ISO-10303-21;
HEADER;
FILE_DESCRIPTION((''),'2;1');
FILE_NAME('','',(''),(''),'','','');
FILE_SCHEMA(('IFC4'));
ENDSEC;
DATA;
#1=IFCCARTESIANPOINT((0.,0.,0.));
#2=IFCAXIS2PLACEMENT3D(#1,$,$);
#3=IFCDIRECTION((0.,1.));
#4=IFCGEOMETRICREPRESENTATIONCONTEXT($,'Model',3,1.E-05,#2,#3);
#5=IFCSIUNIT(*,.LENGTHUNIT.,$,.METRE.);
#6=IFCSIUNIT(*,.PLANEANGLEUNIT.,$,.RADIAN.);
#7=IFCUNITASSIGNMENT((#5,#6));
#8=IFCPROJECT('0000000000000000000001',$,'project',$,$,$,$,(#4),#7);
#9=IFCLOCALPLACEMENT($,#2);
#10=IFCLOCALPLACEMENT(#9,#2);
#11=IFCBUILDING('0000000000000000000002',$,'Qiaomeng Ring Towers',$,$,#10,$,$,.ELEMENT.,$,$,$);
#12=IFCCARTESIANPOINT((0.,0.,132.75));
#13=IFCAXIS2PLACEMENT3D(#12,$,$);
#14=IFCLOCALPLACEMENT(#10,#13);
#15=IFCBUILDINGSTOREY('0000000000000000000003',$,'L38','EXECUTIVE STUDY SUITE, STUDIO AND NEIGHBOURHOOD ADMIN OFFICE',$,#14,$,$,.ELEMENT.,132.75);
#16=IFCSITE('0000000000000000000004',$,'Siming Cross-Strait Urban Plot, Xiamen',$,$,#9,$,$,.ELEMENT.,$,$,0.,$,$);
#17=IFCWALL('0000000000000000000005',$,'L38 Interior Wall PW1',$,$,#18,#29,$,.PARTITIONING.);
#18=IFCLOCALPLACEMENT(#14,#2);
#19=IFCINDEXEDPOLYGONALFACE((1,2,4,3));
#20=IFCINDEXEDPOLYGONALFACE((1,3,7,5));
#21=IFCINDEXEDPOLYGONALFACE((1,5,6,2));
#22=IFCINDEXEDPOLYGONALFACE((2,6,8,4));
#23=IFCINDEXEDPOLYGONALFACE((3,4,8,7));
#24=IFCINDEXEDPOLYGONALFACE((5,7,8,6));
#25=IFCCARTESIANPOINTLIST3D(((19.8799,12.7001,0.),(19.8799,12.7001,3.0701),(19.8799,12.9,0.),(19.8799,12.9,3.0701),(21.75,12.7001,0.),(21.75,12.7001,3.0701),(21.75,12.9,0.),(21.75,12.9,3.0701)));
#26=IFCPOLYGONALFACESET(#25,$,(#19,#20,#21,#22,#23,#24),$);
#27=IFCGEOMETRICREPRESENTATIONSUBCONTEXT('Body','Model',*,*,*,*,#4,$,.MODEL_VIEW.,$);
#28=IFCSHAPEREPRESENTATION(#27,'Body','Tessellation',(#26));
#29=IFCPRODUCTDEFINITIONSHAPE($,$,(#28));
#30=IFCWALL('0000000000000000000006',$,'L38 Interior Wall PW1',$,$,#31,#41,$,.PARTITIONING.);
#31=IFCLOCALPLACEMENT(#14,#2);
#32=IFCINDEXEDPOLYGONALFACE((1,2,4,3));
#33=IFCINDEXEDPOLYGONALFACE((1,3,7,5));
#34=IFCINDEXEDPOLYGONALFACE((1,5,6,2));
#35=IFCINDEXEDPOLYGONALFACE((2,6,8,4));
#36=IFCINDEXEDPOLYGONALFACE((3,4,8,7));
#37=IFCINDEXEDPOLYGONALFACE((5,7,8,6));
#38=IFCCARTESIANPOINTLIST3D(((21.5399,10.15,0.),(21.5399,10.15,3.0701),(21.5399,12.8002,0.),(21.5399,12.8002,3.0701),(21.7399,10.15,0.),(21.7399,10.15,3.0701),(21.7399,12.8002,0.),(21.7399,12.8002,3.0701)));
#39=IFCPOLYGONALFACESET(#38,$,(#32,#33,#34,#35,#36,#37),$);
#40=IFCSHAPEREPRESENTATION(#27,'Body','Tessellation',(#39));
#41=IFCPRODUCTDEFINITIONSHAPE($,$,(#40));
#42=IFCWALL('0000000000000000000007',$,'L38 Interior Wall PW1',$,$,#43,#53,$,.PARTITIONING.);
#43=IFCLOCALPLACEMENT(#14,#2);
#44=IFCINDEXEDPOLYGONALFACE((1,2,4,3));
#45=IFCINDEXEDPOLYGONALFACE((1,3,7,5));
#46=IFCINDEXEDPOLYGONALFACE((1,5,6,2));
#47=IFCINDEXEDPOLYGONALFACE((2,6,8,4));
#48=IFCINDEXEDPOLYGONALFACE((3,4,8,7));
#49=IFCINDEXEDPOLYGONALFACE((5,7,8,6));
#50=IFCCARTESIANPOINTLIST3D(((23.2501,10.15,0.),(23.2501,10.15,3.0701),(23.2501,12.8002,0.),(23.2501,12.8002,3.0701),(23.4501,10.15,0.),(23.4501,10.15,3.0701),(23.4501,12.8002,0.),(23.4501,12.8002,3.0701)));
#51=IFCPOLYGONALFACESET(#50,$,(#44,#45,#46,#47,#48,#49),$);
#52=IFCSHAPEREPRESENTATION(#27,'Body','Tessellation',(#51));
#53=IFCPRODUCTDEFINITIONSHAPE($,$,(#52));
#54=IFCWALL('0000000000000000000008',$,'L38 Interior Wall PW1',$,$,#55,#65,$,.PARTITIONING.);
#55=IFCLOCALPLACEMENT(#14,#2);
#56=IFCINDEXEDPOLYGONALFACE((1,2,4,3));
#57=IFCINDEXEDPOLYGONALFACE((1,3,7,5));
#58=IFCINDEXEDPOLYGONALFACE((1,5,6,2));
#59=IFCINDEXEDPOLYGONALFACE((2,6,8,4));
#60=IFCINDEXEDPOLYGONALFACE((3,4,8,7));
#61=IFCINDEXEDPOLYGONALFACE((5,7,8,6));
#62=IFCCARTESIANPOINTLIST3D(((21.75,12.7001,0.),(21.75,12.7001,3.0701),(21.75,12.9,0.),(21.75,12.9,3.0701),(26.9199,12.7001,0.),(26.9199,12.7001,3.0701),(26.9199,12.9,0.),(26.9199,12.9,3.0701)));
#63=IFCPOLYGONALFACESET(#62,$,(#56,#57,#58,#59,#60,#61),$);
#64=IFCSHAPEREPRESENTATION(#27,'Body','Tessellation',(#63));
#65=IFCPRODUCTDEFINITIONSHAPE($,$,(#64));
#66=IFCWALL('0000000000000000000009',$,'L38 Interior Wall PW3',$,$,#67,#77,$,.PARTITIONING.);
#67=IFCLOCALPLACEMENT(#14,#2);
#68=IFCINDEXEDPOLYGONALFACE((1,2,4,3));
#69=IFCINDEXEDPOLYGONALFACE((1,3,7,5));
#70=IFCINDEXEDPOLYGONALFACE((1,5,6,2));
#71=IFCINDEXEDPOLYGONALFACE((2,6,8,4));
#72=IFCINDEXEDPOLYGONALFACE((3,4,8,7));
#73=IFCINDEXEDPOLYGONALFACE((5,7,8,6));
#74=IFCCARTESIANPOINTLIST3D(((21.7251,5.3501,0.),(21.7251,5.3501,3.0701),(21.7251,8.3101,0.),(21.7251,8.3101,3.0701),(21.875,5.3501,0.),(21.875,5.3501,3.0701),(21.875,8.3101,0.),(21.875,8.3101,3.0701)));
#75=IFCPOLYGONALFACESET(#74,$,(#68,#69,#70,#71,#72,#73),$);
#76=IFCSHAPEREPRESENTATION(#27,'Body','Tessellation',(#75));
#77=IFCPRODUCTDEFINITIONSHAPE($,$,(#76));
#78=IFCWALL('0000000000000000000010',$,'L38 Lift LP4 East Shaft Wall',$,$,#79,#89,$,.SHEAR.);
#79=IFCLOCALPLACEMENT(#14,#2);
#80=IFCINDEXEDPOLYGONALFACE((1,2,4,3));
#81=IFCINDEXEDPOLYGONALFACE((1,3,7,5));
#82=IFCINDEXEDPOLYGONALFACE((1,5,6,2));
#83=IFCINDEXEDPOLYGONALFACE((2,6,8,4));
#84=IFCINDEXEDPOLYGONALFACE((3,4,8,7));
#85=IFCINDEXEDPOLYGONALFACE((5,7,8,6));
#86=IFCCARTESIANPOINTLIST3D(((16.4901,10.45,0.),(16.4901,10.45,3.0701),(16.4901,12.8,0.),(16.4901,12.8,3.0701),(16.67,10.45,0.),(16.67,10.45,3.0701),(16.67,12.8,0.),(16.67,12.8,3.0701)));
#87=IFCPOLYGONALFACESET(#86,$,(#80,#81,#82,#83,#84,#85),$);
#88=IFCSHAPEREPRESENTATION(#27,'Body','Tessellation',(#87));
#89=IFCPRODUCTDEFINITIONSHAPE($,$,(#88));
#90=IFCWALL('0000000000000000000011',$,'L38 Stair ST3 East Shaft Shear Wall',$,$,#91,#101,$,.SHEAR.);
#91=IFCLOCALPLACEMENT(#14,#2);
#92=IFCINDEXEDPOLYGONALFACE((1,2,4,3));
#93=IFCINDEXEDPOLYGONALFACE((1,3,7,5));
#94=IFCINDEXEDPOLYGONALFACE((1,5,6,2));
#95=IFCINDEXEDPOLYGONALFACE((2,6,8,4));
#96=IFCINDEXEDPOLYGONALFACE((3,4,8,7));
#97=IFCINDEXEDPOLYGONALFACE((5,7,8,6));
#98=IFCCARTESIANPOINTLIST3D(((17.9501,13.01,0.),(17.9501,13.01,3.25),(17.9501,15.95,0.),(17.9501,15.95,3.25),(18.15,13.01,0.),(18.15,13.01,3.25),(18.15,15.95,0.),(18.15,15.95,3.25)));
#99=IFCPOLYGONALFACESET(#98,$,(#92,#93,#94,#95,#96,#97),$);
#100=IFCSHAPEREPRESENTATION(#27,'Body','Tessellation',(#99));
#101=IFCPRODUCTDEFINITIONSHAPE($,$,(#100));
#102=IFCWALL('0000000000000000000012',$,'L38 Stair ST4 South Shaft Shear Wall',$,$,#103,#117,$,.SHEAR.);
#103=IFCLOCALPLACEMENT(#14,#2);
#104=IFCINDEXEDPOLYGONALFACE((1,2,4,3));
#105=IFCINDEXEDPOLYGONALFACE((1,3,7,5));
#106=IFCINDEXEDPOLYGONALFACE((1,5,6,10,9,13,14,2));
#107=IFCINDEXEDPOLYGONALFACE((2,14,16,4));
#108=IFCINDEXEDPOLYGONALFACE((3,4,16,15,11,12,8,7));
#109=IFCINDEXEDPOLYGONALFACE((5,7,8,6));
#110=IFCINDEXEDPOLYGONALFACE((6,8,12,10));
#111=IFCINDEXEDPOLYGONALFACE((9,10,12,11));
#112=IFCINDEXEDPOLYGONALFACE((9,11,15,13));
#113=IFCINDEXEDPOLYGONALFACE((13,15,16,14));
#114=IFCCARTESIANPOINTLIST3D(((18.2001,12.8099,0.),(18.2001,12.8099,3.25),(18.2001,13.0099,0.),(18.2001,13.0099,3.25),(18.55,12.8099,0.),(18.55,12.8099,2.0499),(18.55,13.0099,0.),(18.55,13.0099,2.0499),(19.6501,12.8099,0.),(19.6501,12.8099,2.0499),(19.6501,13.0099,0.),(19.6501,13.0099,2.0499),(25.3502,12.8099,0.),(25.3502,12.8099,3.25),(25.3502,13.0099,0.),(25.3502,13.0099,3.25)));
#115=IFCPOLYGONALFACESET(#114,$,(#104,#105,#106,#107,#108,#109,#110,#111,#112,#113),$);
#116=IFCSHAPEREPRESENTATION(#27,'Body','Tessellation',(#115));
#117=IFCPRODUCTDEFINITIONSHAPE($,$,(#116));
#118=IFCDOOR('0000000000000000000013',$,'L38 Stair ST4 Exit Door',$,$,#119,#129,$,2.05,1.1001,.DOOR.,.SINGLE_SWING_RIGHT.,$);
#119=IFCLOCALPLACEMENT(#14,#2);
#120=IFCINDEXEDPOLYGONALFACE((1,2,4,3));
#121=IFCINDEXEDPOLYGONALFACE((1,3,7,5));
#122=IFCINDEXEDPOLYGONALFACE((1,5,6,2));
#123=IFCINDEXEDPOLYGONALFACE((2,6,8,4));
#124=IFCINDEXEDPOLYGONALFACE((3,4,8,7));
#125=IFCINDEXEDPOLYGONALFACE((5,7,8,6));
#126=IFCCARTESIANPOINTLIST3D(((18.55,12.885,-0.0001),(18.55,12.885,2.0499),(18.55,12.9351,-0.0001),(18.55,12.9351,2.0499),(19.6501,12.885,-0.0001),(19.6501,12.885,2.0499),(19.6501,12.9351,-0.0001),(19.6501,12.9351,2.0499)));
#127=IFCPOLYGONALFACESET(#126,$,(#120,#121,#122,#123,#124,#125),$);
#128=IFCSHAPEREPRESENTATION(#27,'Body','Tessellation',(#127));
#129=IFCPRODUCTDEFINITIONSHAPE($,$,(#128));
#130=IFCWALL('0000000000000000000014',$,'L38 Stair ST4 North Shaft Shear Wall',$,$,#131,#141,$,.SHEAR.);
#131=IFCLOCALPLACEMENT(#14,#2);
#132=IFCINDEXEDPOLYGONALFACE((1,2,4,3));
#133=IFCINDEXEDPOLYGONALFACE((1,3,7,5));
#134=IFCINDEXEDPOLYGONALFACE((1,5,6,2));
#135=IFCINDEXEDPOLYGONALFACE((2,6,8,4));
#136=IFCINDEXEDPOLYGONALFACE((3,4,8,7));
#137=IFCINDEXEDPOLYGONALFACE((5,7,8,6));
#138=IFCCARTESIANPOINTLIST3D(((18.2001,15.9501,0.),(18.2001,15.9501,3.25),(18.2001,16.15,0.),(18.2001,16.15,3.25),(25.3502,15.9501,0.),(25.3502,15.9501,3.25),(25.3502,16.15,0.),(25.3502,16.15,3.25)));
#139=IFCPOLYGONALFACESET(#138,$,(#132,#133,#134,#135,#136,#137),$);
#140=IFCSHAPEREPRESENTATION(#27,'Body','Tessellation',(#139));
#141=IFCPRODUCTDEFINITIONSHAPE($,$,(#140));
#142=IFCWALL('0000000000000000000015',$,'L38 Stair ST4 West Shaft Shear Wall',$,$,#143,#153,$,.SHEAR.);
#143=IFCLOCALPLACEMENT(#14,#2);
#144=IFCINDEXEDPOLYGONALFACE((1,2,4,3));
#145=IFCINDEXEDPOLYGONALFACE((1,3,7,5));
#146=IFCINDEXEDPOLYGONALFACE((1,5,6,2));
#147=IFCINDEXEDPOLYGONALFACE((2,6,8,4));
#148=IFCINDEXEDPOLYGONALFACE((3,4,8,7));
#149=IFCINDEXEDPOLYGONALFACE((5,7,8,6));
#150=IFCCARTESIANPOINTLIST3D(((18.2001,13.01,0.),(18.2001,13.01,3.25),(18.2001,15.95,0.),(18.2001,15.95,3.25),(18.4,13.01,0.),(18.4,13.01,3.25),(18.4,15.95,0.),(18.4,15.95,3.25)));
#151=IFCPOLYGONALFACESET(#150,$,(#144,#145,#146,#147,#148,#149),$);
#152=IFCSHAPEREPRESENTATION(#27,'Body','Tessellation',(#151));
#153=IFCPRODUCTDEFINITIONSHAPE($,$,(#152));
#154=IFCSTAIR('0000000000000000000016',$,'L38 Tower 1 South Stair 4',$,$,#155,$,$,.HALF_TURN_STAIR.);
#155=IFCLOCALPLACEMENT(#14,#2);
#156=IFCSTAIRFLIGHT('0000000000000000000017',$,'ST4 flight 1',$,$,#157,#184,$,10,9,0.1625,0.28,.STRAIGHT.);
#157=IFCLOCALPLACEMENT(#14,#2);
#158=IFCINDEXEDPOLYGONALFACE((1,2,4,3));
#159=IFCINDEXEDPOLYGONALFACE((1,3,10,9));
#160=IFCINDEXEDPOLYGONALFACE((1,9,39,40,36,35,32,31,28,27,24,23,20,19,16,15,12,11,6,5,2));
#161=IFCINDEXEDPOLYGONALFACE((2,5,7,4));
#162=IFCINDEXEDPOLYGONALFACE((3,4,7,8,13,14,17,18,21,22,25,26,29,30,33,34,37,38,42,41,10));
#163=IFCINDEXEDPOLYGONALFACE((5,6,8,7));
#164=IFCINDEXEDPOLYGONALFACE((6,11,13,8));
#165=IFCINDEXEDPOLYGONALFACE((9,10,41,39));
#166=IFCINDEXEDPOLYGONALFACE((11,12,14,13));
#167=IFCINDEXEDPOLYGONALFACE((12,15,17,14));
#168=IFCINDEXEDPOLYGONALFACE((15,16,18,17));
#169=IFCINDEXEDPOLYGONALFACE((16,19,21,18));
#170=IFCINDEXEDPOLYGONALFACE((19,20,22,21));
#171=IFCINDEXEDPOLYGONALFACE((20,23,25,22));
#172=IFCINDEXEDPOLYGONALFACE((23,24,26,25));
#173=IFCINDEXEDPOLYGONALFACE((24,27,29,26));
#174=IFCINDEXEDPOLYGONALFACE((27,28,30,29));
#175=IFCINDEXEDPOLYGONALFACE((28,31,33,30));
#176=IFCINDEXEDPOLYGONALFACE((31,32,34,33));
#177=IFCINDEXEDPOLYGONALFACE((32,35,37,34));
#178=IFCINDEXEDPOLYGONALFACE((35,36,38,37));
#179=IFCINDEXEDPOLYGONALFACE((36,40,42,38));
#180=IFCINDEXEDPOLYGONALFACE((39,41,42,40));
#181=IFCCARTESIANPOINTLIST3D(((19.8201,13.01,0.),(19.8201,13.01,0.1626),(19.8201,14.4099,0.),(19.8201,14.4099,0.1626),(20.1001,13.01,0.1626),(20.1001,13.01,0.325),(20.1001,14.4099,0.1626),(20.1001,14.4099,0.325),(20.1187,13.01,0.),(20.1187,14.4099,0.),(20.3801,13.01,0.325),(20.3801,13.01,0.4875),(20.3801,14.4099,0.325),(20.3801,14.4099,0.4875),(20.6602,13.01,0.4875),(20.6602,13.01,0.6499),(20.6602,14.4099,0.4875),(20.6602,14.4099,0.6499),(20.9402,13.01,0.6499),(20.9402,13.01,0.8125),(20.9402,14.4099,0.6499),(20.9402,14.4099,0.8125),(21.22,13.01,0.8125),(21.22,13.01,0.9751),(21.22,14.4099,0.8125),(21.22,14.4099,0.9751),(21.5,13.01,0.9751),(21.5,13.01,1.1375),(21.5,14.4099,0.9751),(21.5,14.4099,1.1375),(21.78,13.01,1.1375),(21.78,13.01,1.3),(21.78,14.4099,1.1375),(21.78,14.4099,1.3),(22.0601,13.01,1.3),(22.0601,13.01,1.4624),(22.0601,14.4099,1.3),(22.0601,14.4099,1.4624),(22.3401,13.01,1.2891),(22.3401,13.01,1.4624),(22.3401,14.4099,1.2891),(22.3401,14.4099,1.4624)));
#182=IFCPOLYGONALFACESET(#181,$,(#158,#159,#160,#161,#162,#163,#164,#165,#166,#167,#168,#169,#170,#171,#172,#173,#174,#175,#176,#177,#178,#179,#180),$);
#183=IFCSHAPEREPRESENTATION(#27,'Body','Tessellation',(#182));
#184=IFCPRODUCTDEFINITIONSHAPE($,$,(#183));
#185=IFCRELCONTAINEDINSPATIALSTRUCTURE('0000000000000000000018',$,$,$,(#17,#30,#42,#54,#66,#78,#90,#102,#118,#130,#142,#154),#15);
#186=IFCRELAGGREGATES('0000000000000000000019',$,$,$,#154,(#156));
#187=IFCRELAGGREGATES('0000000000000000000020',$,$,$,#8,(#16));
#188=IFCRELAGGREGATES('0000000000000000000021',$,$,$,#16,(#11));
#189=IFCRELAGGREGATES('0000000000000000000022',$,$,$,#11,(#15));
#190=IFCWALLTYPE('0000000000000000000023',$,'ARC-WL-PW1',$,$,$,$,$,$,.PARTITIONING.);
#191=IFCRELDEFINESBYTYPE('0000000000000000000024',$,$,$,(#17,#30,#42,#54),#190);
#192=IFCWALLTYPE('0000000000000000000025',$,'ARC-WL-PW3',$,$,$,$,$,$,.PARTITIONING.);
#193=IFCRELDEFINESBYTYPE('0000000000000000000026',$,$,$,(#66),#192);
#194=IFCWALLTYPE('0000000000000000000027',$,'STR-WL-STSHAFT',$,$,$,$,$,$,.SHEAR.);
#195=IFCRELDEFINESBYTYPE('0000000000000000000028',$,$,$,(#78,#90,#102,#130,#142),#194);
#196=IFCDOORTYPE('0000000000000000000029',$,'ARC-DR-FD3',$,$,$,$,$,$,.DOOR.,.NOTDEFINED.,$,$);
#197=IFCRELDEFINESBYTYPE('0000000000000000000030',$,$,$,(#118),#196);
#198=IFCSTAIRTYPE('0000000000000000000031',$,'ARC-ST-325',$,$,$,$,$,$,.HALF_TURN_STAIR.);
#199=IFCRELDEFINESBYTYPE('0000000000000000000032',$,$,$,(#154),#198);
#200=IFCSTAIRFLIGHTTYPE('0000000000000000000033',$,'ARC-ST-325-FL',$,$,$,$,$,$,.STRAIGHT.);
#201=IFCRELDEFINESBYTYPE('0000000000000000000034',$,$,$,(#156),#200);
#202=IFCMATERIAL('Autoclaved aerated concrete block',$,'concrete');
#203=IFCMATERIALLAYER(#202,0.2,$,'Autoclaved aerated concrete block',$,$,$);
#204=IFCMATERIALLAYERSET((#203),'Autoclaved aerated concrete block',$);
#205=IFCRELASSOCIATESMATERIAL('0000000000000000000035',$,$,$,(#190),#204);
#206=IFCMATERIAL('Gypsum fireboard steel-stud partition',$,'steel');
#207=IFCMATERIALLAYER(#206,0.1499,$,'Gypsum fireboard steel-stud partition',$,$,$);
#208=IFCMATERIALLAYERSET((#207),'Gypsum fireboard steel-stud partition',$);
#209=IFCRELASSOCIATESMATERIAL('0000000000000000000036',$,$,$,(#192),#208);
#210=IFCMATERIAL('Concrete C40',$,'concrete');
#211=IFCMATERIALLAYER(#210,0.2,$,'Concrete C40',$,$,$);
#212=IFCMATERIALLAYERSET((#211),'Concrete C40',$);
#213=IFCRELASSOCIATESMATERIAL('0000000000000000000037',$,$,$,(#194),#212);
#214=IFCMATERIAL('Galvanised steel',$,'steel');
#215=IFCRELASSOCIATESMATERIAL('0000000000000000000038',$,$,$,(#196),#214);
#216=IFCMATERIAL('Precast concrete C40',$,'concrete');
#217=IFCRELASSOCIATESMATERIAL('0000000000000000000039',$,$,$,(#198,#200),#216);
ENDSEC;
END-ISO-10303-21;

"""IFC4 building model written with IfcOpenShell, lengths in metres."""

from ifc_helpers import new_model, si_unit, direction, frame, frame_2d, origin, place, context, subcontext, project, spatial, polyline, rectangle, outline, extrude, source, transform, mapped, material, layer, layer_set, type_object, element, fill, aggregate, save


model = new_model("IFC4")

# Units and contexts
model_context = context("Model", 3, precision=1e-05, world=origin(), true_north=direction((0.0, 1.0)))
body_context = subcontext(model_context, "Body", "Model", "MODEL_VIEW")
ifc_project = project(units=[si_unit("LENGTHUNIT", "METRE"), si_unit("PLANEANGLEUNIT", "RADIAN")], contexts=[model_context])

# Site, building, storey
site_placement = place(None, origin())
site = spatial("IfcSite", under=ifc_project, at=site_placement, Name="Siming Cross-Strait Urban Plot, Xiamen", CompositionType="ELEMENT", RefElevation=0.0)
building_placement = place(site_placement, origin())
building = spatial("IfcBuilding", under=site, at=building_placement, Name="Qiaomeng Ring Towers", CompositionType="ELEMENT")
storey_placement = place(building_placement, frame((0.0, 0.0, 132.75)))
storey = spatial("IfcBuildingStorey", under=building, at=storey_placement, Name="L38", Description="EXECUTIVE STUDY SUITE, STUDIO AND NEIGHBOURHOOD ADMIN OFFICE", CompositionType="ELEMENT", Elevation=132.75)

# Walls
ifc_material_1 = material(Name="Autoclaved aerated concrete block", Category="concrete")
ifc_layer_1 = layer(ifc_material_1, 0.2, Name="Autoclaved aerated concrete block")
ifc_layer_set_1 = layer_set([ifc_layer_1], Name="Autoclaved aerated concrete block")
wall_type_1 = type_object("IfcWallType", Name="ARC-WL-PW1", PredefinedType="PARTITIONING", material=ifc_layer_set_1)
wall_1_placement = place(storey_placement, frame((19.8799, 12.8, 0.0), z_axis=(0.0, 0.0, 1.0), x_axis=(1.0, 0.0, 0.0)))
element("IfcWall", 1, at=wall_1_placement, inside=storey, type_object=wall_type_1, Name="L38 Interior Wall PW1", PredefinedType="PARTITIONING", context=body_context, shape_type="SweptSolid", body=[
    extrude(rectangle(XDim=1.8701, YDim=0.2, at=frame_2d((0.9351, 0.0))), origin(), (0.0, 0.0, 1.0), 3.0701),
])
for number, where, z_axis, x_axis, name in (
    (2, (21.6399, 10.1499, 0.0), (0.0, 0.0, 1.0), (0.0, 1.0, 0.0), "L38 Interior Wall PW1"),
    (3, (23.3501, 10.1499, 0.0), (0.0, 0.0, 1.0), (0.0, 1.0, 0.0), "L38 Interior Wall PW1"),
):
    element("IfcWall", number, at=place(storey_placement, frame(where, z_axis=z_axis, x_axis=x_axis)), inside=storey, type_object=wall_type_1, Name=name, PredefinedType="PARTITIONING", context=body_context, shape_type="SweptSolid", body=[
        extrude(rectangle(XDim=2.6501, YDim=0.2, at=frame_2d((1.3252, 0.0))), origin(), (0.0, 0.0, 1.0), 3.0701),
    ])
wall_2_placement = place(storey_placement, frame((21.75, 12.8, 0.0), z_axis=(0.0, 0.0, 1.0), x_axis=(1.0, 0.0, 0.0)))
element("IfcWall", 4, at=wall_2_placement, inside=storey, type_object=wall_type_1, Name="L38 Interior Wall PW1", PredefinedType="PARTITIONING", context=body_context, shape_type="SweptSolid", body=[
    extrude(rectangle(XDim=5.1699, YDim=0.2, at=frame_2d((2.585, 0.0))), origin(), (0.0, 0.0, 1.0), 3.0701),
])
ifc_material_2 = material(Name="Gypsum fireboard steel-stud partition", Category="steel")
ifc_layer_2 = layer(ifc_material_2, 0.1499, Name="Gypsum fireboard steel-stud partition")
ifc_layer_set_2 = layer_set([ifc_layer_2], Name="Gypsum fireboard steel-stud partition")
wall_type_2 = type_object("IfcWallType", Name="ARC-WL-PW3", PredefinedType="PARTITIONING", material=ifc_layer_set_2)
wall_3_placement = place(storey_placement, frame((21.8, 5.3501, 0.0), z_axis=(0.0, 0.0, 1.0), x_axis=(0.0, 1.0, 0.0)))
element("IfcWall", 5, at=wall_3_placement, inside=storey, type_object=wall_type_2, Name="L38 Interior Wall PW3", PredefinedType="PARTITIONING", context=body_context, shape_type="SweptSolid", body=[
    extrude(rectangle(XDim=2.96, YDim=0.1499, at=frame_2d((1.48, 0.0))), origin(), (0.0, 0.0, 1.0), 3.0701),
])
ifc_material_3 = material(Name="Concrete C40", Category="concrete")
ifc_layer_3 = layer(ifc_material_3, 0.2, Name="Concrete C40")
ifc_layer_set_3 = layer_set([ifc_layer_3], Name="Concrete C40")
wall_type_3 = type_object("IfcWallType", Name="STR-WL-STSHAFT", PredefinedType="SHEAR", material=ifc_layer_set_3)
wall_4_placement = place(storey_placement, frame((16.5801, 10.45, 0.0), z_axis=(0.0, 0.0, 1.0), x_axis=(0.0, 1.0, 0.0)))
element("IfcWall", 6, at=wall_4_placement, inside=storey, type_object=wall_type_3, Name="L38 Lift LP4 East Shaft Wall", PredefinedType="SHEAR", context=body_context, shape_type="SweptSolid", body=[
    extrude(rectangle(XDim=2.3501, YDim=0.1799, at=frame_2d((1.175, 0.0))), origin(), (0.0, 0.0, 1.0), 3.0701),
])
wall_5_placement = place(storey_placement, frame((18.05, 13.01, 0.0), z_axis=(0.0, 0.0, 1.0), x_axis=(0.0, 1.0, 0.0)))
element("IfcWall", 7, at=wall_5_placement, inside=storey, type_object=wall_type_3, Name="L38 Stair ST3 East Shaft Shear Wall", PredefinedType="SHEAR", context=body_context, shape_type="SweptSolid", body=[
    extrude(rectangle(XDim=2.9399, YDim=0.2, at=frame_2d((1.47, 0.0))), origin(), (0.0, 0.0, 1.0), 3.25),
])

# Wall, opening, door
wall_6_placement = place(storey_placement, frame((18.2, 12.9099, 0.0), z_axis=(0.0, 0.0, 1.0), x_axis=(1.0, 0.0, 0.0)))
wall_6 = element("IfcWall", 8, at=wall_6_placement, inside=storey, type_object=wall_type_3, Name="L38 Stair ST4 South Shaft Shear Wall", PredefinedType="SHEAR", context=body_context, shape_type="SweptSolid", body=[
    extrude(rectangle(XDim=7.1501, YDim=0.2, at=frame_2d((3.5752, 0.0))), origin(), (0.0, 0.0, 1.0), 3.25),
])
opening_placement = place(wall_6_placement, frame((0.3501, 0.0, 0.0)))
opening = element("IfcOpeningElement", 9, at=opening_placement, cuts=wall_6, PredefinedType="OPENING", context=body_context, shape_type="SweptSolid", body=[
    extrude(rectangle(XDim=1.1001, YDim=2.05, at=frame_2d((0.55, 1.0249))), frame((0.0, 0.1099, 0.0), z_axis=(0.0, -1.0, 0.0), x_axis=(1.0, 0.0, 0.0)), (0.0, 0.0, 1.0), 0.22),
])
ifc_material_4 = material(Name="Galvanised steel", Category="steel")
door_type = type_object("IfcDoorType", Name="ARC-DR-FD3", OperationType="NOTDEFINED", PredefinedType="DOOR", material=ifc_material_4)
shared_shape_1 = source(origin(), body_context, "Body", "SweptSolid", [
    extrude(rectangle(XDim=1.1001, YDim=2.05, at=frame_2d((0.55, 1.0249))), frame((0.0, 0.0249, 0.0), z_axis=(0.0, -1.0, 0.0), x_axis=(1.0, 0.0, 0.0)), (0.0, 0.0, 1.0), 0.05),
])
door_placement = place(opening_placement, frame((1.1001, 0.0, 0.0), z_axis=(0.0, 0.0, 1.0), x_axis=(-1.0, 0.0, 0.0)))
door = element("IfcDoor", 10, at=door_placement, inside=storey, type_object=door_type, Name="L38 Stair ST4 Exit Door", OperationType="SINGLE_SWING_RIGHT", OverallHeight=2.05, OverallWidth=1.1001, PredefinedType="DOOR", context=body_context, shape_type="MappedRepresentation", body=[
    mapped(shared_shape_1, transform((0.0, 0.0, 0.0), x_axis=(1.0, 0.0, 0.0), y_axis=(0.0, 1.0, 0.0), z_axis=(0.0, 0.0, 1.0), scale=1.0)),
])
fill(opening, door)

# Walls
wall_7_placement = place(storey_placement, frame((18.2, 16.05, 0.0), z_axis=(0.0, 0.0, 1.0), x_axis=(1.0, 0.0, 0.0)))
element("IfcWall", 11, at=wall_7_placement, inside=storey, type_object=wall_type_3, Name="L38 Stair ST4 North Shaft Shear Wall", PredefinedType="SHEAR", context=body_context, shape_type="SweptSolid", body=[
    extrude(rectangle(XDim=7.1501, YDim=0.2, at=frame_2d((3.5752, 0.0))), origin(), (0.0, 0.0, 1.0), 3.25),
])
wall_8_placement = place(storey_placement, frame((18.3, 13.01, 0.0), z_axis=(0.0, 0.0, 1.0), x_axis=(0.0, 1.0, 0.0)))
element("IfcWall", 12, at=wall_8_placement, inside=storey, type_object=wall_type_3, Name="L38 Stair ST4 West Shaft Shear Wall", PredefinedType="SHEAR", context=body_context, shape_type="SweptSolid", body=[
    extrude(rectangle(XDim=2.9399, YDim=0.2, at=frame_2d((1.47, 0.0))), origin(), (0.0, 0.0, 1.0), 3.25),
])

# Stair, stair flight
ifc_material_5 = material(Name="Precast concrete C40", Category="concrete")
stair_type = type_object("IfcStairType", Name="ARC-ST-325", PredefinedType="HALF_TURN_STAIR", material=ifc_material_5)
stair_placement = place(storey_placement, origin())
stair = element("IfcStair", 13, at=stair_placement, inside=storey, type_object=stair_type, Name="L38 Tower 1 South Stair 4", PredefinedType="HALF_TURN_STAIR")
stair_flight_type = type_object("IfcStairFlightType", Name="ARC-ST-325-FL", PredefinedType="STRAIGHT", material=ifc_material_5)
shared_shape_2 = source(origin(), body_context, "Body", "SweptSolid", [
    extrude(outline(polyline([(0.0, 0.0), (0.0, 0.1626), (0.28, 0.1626), (0.28, 0.325), (0.5601, 0.325), (0.5601, 0.4875), (0.8401, 0.4875), (0.8401, 0.6499), (1.1201, 0.6499), (1.1201, 0.8125), (1.3999, 0.8125), (1.3999, 0.9751), (1.6799, 0.9751), (1.6799, 1.1375), (1.96, 1.1375), (1.96, 1.3), (2.24, 1.3), (2.24, 1.4624), (2.52, 1.4624), (2.52, 1.625), (2.52, 1.2891), (0.2986, 0.0), (0.0, 0.0)])), frame((0.0, 0.7, 0.0), z_axis=(0.0, -1.0, 0.0), x_axis=(1.0, 0.0, 0.0)), (0.0, 0.0, 1.0), 1.3999),
])
stair_flight_1_placement = place(storey_placement, frame((19.8201, 13.71, 0.0), z_axis=(0.0, 0.0, 1.0), x_axis=(1.0, 0.0, 0.0)))
stair_flight_1 = element("IfcStairFlight", 14, at=stair_flight_1_placement, type_object=stair_flight_type, Name="ST4 flight 1", NumberOfRisers=10, NumberOfTreads=9, PredefinedType="STRAIGHT", RiserHeight=0.1625, TreadLength=0.28, context=body_context, shape_type="MappedRepresentation", body=[
    mapped(shared_shape_2, transform((0.0, 0.0, 0.0), x_axis=(1.0, 0.0, 0.0), y_axis=(0.0, 1.0, 0.0), z_axis=(0.0, 0.0, 1.0), scale=1.0)),
])
aggregate(stair, [stair_flight_1])

save(model, "model.ifc")
